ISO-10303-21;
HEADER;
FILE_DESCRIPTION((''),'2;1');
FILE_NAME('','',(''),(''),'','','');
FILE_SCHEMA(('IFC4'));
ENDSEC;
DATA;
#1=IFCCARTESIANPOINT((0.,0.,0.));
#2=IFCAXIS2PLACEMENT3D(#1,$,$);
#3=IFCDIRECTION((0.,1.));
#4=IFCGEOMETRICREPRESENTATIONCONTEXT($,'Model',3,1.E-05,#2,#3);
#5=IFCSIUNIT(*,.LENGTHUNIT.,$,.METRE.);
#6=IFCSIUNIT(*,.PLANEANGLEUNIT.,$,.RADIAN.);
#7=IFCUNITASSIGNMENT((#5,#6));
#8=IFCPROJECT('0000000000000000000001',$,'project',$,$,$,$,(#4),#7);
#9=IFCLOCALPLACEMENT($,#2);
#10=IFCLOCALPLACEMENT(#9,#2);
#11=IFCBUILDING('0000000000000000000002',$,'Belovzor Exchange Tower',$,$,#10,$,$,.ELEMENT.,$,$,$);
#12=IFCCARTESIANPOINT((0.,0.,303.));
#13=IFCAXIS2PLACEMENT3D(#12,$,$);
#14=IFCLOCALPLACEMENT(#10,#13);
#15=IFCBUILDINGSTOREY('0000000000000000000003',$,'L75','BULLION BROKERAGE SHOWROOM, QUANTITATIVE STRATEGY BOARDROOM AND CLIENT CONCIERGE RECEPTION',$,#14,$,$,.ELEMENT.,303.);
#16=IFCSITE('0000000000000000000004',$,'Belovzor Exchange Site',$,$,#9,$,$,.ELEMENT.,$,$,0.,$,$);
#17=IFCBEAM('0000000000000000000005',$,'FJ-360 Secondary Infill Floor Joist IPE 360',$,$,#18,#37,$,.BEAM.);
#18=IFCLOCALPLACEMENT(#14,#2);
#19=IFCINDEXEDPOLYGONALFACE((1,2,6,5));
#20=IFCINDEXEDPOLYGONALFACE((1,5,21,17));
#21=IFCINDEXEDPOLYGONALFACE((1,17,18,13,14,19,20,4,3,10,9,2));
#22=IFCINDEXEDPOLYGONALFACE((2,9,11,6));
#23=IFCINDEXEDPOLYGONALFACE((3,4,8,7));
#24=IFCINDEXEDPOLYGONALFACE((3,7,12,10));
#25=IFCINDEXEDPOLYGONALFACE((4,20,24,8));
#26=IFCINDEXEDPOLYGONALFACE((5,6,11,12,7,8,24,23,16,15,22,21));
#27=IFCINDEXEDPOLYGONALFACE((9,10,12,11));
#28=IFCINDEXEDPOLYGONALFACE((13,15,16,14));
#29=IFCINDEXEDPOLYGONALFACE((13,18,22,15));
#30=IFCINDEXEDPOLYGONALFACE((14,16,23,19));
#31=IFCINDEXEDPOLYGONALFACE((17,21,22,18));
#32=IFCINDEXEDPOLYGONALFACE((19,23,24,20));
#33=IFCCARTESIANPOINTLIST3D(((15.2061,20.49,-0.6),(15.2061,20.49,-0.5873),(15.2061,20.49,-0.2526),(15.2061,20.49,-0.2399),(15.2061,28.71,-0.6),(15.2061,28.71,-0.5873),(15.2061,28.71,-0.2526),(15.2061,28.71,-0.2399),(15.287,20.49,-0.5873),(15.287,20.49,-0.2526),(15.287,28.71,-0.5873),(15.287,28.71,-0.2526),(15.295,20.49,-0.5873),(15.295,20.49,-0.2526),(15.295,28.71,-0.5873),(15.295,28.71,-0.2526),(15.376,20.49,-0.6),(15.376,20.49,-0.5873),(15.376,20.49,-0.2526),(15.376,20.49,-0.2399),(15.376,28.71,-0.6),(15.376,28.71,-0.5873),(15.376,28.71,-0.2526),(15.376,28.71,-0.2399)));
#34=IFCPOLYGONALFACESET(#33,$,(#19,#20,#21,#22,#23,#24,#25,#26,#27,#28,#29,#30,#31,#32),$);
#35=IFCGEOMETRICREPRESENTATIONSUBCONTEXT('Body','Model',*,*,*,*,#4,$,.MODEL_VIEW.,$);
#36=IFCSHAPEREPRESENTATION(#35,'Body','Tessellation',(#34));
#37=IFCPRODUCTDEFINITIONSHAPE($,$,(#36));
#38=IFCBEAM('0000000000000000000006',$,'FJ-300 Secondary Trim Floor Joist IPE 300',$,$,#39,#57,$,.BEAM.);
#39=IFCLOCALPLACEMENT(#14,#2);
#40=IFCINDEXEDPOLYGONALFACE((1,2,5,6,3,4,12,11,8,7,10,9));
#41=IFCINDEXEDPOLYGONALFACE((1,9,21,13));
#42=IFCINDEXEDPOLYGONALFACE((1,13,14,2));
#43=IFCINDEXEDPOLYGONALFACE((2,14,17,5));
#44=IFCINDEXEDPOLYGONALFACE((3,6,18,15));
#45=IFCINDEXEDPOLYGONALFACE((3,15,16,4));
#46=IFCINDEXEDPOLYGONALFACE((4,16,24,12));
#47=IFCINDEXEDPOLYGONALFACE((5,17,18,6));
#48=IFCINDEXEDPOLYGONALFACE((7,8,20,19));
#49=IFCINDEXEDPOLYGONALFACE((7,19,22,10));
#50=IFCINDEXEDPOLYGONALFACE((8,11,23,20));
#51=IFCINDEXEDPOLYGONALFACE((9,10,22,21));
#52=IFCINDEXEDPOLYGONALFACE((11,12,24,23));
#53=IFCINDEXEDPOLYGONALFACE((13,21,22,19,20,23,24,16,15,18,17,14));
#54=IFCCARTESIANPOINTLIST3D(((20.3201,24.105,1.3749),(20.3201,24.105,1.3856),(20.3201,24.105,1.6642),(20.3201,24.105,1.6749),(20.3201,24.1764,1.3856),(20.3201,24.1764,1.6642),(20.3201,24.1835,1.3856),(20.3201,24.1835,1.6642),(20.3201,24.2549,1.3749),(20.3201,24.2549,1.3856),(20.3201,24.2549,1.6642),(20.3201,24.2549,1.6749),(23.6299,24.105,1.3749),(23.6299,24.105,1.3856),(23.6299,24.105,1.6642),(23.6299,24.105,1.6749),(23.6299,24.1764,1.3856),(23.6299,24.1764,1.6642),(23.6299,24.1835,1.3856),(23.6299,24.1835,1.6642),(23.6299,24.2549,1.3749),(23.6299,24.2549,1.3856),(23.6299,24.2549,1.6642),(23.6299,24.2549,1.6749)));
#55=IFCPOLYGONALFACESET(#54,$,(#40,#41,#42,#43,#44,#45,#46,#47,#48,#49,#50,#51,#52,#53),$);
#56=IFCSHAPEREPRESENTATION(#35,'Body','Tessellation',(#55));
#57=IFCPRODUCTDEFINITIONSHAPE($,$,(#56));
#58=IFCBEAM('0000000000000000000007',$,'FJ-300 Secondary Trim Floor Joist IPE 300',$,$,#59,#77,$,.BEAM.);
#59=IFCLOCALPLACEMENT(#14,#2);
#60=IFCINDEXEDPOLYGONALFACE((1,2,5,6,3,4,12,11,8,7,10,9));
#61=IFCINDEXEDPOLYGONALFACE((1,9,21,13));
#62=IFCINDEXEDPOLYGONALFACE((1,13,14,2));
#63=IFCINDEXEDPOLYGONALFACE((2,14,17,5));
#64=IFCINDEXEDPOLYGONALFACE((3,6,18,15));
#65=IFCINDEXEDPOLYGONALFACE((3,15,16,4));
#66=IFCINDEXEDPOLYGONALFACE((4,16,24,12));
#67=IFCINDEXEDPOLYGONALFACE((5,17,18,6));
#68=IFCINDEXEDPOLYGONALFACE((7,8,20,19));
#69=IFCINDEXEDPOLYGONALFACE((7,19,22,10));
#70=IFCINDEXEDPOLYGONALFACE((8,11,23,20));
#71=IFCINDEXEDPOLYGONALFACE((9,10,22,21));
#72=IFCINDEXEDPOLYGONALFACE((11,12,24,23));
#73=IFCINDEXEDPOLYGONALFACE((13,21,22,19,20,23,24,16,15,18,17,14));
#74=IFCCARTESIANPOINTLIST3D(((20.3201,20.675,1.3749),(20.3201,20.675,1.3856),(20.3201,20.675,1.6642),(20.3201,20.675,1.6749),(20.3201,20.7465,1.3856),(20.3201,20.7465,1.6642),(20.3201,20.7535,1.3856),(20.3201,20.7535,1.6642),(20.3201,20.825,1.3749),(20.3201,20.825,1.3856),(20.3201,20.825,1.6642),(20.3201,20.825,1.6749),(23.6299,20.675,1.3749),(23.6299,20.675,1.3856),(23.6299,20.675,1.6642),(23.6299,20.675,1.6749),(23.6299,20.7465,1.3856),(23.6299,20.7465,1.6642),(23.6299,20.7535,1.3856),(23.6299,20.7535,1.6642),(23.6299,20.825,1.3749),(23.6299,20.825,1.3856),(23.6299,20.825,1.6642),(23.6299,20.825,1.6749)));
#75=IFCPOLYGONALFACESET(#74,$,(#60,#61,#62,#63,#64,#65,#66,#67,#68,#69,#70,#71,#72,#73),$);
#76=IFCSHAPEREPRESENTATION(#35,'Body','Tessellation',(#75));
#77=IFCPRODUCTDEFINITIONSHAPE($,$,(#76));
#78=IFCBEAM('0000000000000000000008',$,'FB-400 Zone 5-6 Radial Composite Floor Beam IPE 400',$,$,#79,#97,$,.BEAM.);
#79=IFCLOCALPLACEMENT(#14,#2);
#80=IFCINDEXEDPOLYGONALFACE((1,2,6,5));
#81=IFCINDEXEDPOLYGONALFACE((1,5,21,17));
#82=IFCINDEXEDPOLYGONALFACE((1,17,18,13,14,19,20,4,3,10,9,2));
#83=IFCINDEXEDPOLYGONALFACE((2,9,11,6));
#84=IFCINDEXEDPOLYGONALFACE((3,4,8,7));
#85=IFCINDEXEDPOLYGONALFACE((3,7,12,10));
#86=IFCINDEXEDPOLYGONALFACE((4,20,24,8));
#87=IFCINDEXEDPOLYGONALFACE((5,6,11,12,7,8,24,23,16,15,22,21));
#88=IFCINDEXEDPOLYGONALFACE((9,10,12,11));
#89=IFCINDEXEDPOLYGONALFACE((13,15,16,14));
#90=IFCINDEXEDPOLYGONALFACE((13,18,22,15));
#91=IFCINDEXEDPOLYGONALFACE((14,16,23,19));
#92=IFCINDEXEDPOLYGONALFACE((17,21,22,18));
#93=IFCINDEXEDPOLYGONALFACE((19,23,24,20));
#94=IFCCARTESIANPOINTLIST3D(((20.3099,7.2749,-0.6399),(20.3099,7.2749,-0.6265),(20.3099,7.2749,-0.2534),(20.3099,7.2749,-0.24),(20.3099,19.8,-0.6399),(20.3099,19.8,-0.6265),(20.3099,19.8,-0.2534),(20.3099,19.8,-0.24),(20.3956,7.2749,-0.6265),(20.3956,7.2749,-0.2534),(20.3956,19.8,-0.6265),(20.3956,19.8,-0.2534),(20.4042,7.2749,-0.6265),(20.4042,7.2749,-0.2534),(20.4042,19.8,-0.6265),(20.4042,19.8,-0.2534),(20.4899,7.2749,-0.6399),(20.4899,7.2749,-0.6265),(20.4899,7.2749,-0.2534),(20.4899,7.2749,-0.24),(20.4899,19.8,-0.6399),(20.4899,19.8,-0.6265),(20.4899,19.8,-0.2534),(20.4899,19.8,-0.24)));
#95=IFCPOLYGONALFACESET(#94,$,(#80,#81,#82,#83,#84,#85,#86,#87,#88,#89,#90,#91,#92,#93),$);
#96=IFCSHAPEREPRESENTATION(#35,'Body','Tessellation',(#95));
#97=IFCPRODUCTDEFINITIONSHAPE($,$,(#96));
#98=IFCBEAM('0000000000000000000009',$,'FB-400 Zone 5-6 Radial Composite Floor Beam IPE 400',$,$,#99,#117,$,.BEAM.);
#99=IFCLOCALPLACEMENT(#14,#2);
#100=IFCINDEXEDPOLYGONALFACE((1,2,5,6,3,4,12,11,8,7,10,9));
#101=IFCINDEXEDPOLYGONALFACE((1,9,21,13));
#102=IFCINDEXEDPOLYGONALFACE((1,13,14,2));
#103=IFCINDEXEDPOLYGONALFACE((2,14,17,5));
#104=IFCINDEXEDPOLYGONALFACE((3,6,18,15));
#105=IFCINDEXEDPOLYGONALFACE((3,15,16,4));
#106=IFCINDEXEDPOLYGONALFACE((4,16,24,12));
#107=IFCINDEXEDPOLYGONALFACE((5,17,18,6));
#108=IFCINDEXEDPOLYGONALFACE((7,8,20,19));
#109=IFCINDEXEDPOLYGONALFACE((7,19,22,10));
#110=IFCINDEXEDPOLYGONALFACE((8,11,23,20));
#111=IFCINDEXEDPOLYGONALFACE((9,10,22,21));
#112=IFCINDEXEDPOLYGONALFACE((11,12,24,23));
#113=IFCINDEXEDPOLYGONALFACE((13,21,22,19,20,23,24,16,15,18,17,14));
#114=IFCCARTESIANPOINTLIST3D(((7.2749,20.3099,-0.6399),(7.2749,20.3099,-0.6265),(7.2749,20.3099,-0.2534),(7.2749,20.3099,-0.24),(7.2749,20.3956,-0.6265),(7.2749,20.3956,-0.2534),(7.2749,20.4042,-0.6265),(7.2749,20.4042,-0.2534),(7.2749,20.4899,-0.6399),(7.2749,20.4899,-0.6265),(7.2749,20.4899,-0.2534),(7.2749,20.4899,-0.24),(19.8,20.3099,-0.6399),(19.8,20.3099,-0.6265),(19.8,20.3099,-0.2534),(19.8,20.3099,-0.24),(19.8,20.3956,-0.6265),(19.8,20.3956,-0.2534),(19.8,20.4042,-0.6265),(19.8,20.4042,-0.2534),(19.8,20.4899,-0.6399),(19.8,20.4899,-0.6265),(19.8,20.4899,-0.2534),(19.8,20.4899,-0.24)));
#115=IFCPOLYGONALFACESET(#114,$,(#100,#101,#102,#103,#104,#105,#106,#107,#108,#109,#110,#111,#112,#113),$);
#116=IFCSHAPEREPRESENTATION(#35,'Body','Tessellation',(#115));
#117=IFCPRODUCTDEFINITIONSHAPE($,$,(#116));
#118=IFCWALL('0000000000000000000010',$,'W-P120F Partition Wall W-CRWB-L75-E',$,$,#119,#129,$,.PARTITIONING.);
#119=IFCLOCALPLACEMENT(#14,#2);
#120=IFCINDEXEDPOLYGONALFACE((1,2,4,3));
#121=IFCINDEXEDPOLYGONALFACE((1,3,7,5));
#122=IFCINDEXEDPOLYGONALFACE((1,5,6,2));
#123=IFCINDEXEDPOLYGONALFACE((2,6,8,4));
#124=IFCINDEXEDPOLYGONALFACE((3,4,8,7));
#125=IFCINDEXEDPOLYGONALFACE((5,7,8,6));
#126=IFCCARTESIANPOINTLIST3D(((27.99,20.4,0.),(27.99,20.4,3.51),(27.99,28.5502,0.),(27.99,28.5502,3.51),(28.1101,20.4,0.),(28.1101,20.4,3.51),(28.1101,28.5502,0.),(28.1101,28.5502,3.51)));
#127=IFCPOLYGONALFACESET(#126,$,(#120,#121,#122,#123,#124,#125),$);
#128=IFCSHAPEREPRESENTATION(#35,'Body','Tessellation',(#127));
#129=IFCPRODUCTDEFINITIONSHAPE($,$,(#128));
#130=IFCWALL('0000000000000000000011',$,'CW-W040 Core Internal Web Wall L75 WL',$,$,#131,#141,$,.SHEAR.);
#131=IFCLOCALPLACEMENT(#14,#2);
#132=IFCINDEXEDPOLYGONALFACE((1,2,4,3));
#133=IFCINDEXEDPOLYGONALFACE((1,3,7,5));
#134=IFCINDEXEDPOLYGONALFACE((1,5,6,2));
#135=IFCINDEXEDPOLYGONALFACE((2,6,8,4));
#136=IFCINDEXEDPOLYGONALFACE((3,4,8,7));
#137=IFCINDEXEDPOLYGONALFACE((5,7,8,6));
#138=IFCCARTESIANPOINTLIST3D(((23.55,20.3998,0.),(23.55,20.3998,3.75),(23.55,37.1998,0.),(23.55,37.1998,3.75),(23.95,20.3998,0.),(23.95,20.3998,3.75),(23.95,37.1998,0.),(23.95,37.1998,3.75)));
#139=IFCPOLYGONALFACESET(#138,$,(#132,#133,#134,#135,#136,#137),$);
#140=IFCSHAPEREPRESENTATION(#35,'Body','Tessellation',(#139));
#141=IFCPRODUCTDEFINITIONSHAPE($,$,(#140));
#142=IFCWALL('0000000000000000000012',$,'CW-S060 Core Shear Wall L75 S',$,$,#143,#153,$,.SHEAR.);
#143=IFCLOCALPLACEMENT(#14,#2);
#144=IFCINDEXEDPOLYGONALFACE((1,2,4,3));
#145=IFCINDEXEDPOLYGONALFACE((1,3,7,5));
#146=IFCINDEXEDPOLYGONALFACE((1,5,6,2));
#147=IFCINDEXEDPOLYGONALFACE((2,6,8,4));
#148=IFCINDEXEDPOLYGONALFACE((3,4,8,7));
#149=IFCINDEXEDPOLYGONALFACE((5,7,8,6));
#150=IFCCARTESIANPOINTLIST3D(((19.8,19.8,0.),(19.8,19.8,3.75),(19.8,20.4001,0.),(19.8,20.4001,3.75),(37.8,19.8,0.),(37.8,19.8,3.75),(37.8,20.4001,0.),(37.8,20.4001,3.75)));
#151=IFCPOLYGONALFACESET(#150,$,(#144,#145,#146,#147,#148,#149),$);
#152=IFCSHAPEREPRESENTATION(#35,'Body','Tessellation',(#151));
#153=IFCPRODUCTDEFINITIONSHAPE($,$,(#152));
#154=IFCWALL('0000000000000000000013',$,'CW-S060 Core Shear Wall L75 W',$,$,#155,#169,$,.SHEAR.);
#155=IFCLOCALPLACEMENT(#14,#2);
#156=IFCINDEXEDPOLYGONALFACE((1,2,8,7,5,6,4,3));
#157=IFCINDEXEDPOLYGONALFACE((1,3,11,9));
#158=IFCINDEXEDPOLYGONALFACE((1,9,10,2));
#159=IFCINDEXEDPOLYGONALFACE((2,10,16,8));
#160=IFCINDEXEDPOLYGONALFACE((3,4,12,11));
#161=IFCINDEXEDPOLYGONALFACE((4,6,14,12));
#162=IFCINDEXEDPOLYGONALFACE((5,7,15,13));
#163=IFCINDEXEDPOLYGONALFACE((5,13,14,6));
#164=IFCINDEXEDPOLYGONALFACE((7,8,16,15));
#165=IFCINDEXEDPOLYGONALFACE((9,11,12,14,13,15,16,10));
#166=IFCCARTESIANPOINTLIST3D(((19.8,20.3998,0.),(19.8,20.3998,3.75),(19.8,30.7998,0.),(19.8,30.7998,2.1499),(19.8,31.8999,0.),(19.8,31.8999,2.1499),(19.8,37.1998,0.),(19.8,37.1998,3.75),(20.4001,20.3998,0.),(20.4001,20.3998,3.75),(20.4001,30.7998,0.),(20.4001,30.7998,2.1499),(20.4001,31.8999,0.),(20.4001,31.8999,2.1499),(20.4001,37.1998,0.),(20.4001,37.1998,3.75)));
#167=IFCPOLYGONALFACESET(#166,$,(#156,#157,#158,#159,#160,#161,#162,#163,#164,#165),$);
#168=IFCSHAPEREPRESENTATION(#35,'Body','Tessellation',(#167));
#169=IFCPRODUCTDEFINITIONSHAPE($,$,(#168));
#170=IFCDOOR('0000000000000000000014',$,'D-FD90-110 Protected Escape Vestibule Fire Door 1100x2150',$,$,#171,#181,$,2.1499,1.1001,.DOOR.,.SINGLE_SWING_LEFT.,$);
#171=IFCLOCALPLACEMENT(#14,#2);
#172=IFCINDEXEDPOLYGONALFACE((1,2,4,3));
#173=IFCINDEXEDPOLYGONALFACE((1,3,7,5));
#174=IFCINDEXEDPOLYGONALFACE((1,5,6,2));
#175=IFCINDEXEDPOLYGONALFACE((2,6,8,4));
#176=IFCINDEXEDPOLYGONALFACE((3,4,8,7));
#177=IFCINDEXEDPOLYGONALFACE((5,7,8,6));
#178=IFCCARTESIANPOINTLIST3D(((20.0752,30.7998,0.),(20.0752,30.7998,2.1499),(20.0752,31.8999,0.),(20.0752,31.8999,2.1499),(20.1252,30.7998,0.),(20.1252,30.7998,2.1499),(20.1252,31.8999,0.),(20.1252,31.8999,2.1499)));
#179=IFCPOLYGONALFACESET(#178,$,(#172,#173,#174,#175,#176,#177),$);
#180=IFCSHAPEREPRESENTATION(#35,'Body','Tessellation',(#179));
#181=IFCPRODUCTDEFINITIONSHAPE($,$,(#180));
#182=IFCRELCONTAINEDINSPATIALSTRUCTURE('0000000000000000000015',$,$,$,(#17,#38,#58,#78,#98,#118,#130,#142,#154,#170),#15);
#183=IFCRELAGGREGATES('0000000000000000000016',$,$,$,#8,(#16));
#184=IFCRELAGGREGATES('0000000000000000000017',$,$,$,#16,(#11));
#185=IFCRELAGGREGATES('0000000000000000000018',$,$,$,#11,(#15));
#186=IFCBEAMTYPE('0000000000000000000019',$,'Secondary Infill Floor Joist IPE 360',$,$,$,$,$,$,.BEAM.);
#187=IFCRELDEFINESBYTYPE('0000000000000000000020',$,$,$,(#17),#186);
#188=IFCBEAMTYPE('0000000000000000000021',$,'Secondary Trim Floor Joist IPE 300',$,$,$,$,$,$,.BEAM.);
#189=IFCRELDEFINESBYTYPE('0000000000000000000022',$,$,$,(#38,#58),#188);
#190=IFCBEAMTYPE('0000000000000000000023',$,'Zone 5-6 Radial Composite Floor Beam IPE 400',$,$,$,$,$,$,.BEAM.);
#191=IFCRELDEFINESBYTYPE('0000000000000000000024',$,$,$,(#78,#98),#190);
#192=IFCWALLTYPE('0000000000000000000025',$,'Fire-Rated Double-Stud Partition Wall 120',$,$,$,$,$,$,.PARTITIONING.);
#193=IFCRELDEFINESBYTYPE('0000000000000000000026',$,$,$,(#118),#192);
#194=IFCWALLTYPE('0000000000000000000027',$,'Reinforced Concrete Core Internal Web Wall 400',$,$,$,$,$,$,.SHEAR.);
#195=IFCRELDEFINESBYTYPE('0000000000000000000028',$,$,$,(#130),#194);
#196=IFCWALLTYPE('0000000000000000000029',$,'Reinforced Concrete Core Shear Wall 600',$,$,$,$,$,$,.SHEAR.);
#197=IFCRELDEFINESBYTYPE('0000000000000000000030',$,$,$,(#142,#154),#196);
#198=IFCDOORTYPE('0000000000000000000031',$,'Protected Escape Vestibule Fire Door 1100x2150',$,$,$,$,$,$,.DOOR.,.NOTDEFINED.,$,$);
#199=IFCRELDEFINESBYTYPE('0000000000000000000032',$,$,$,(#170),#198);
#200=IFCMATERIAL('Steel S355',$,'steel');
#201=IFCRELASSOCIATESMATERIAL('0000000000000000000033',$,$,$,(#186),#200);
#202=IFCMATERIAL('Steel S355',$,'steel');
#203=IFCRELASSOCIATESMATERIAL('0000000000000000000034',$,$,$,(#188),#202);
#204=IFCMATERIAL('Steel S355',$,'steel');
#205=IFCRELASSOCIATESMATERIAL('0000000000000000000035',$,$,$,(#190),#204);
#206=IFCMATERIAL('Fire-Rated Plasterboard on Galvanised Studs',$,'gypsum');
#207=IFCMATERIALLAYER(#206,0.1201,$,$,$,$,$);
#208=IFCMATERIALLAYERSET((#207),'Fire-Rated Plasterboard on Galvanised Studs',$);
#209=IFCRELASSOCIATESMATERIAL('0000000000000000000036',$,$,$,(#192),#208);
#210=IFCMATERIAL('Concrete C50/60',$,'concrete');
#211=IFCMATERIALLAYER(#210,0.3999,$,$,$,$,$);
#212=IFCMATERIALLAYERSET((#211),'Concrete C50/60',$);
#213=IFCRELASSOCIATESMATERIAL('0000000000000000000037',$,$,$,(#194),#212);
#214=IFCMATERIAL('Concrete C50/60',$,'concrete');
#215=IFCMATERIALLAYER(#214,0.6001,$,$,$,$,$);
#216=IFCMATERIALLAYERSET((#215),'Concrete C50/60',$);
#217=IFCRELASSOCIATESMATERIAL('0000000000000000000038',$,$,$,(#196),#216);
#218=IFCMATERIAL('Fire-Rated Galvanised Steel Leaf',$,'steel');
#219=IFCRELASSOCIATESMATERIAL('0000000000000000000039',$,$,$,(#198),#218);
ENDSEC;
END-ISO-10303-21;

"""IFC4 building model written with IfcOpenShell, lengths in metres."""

from ifc_helpers import new_model, si_unit, direction, frame, frame_2d, origin, origin_2d, place, context, subcontext, project, spatial, rectangle, i_section, extrude, material, layer, layer_set, material_profile, profile_set, type_object, element, fill, save


model = new_model("IFC4")

# Units and contexts
model_context = context("Model", 3, precision=1e-05, world=origin(), true_north=direction((0.0, 1.0)))
body_context = subcontext(model_context, "Body", "Model", "MODEL_VIEW")
ifc_project = project(units=[si_unit("LENGTHUNIT", "METRE"), si_unit("PLANEANGLEUNIT", "RADIAN")], contexts=[model_context])

# Site, building, storey
site_placement = place(None, origin())
site = spatial("IfcSite", under=ifc_project, at=site_placement, Name="Belovzor Exchange Site", CompositionType="ELEMENT", RefElevation=0.0)
building_placement = place(site_placement, origin())
building = spatial("IfcBuilding", under=site, at=building_placement, Name="Belovzor Exchange Tower", CompositionType="ELEMENT")
storey_placement = place(building_placement, frame((0.0, 0.0, 303.0)))
storey = spatial("IfcBuildingStorey", under=building, at=storey_placement, Name="L75", Description="BULLION BROKERAGE SHOWROOM, QUANTITATIVE STRATEGY BOARDROOM AND CLIENT CONCIERGE RECEPTION", CompositionType="ELEMENT", Elevation=303.0)

# Beams
ifc_material_1 = material(Name="Steel S355", Category="steel")
ifc_material_profile_1 = material_profile(ifc_material_1, i_section(OverallWidth=0.1699, OverallDepth=0.3601, WebThickness=0.0081, FlangeThickness=0.0127, at=origin_2d()))
ifc_profile_set_1 = profile_set([ifc_material_profile_1], Name="Steel S355")
beam_type_1 = type_object("IfcBeamType", Name="Secondary Infill Floor Joist IPE 360", PredefinedType="BEAM", material=ifc_profile_set_1)
beam_placement = place(storey_placement, frame((15.291, 20.49, -0.4199), z_axis=(0.0, 1.0, 0.0), x_axis=(-1.0, 0.0, 0.0)))
element("IfcBeam", 1, at=beam_placement, inside=storey, type_object=beam_type_1, Name="FJ-360 Secondary Infill Floor Joist IPE 360", PredefinedType="BEAM", context=body_context, shape_type="SweptSolid", body=[
    extrude(i_section(OverallWidth=0.1699, OverallDepth=0.3601, WebThickness=0.0081, FlangeThickness=0.0127, at=origin_2d()), origin(), (0.0, 0.0, 1.0), 8.22),
])
ifc_material_2 = material(Name="Steel S355", Category="steel")
ifc_material_profile_2 = material_profile(ifc_material_2, i_section(OverallWidth=0.1499, OverallDepth=0.3, WebThickness=0.0071, FlangeThickness=0.0107, at=origin_2d()))
ifc_profile_set_2 = profile_set([ifc_material_profile_2], Name="Steel S355")
beam_type_2 = type_object("IfcBeamType", Name="Secondary Trim Floor Joist IPE 300", PredefinedType="BEAM", material=ifc_profile_set_2)
for number, where, z_axis, x_axis, name in (
    (2, (20.3201, 24.1799, 1.5249), (1.0, 0.0, 0.0), (0.0, 1.0, 0.0), "FJ-300 Secondary Trim Floor Joist IPE 300"),
    (3, (20.3201, 20.75, 1.5249), (1.0, 0.0, 0.0), (0.0, 1.0, 0.0), "FJ-300 Secondary Trim Floor Joist IPE 300"),
):
    element("IfcBeam", number, at=place(storey_placement, frame(where, z_axis=z_axis, x_axis=x_axis)), inside=storey, type_object=beam_type_2, Name=name, PredefinedType="BEAM", context=body_context, shape_type="SweptSolid", body=[
        extrude(i_section(OverallWidth=0.1499, OverallDepth=0.3, WebThickness=0.0071, FlangeThickness=0.0107, at=origin_2d()), origin(), (0.0, 0.0, 1.0), 3.3098),
    ])
ifc_material_3 = material(Name="Steel S355", Category="steel")
ifc_material_profile_3 = material_profile(ifc_material_3, i_section(OverallWidth=0.1799, OverallDepth=0.3999, WebThickness=0.0085, FlangeThickness=0.0134, at=origin_2d()))
ifc_profile_set_3 = profile_set([ifc_material_profile_3], Name="Steel S355")
beam_type_3 = type_object("IfcBeamType", Name="Zone 5-6 Radial Composite Floor Beam IPE 400", PredefinedType="BEAM", material=ifc_profile_set_3)
for number, where, z_axis, x_axis, name in (
    (4, (20.3999, 19.8, -0.4399), (0.0, -1.0, 0.0), (1.0, 0.0, 0.0), "FB-400 Zone 5-6 Radial Composite Floor Beam IPE 400"),
    (5, (19.8, 20.3999, -0.4399), (-1.0, 0.0, 0.0), (0.0, -1.0, 0.0), "FB-400 Zone 5-6 Radial Composite Floor Beam IPE 400"),
):
    element("IfcBeam", number, at=place(storey_placement, frame(where, z_axis=z_axis, x_axis=x_axis)), inside=storey, type_object=beam_type_3, Name=name, PredefinedType="BEAM", context=body_context, shape_type="SweptSolid", body=[
        extrude(i_section(OverallWidth=0.1799, OverallDepth=0.3999, WebThickness=0.0085, FlangeThickness=0.0134, at=origin_2d()), origin(), (0.0, 0.0, 1.0), 12.5251),
    ])

# Walls
ifc_material_4 = material(Name="Fire-Rated Plasterboard on Galvanised Studs", Category="gypsum")
ifc_layer_1 = layer(ifc_material_4, 0.1201)
ifc_layer_set_1 = layer_set([ifc_layer_1], Name="Fire-Rated Plasterboard on Galvanised Studs")
wall_type_1 = type_object("IfcWallType", Name="Fire-Rated Double-Stud Partition Wall 120", PredefinedType="PARTITIONING", material=ifc_layer_set_1)
wall_1_placement = place(storey_placement, frame((28.05, 20.3999, 0.0), z_axis=(0.0, 0.0, 1.0), x_axis=(0.0, 1.0, 0.0)))
element("IfcWall", 6, at=wall_1_placement, inside=storey, type_object=wall_type_1, Name="W-P120F Partition Wall W-CRWB-L75-E", PredefinedType="PARTITIONING", context=body_context, shape_type="SweptSolid", body=[
    extrude(rectangle(XDim=8.1501, YDim=0.1201, at=frame_2d((4.0752, 0.0))), origin(), (0.0, 0.0, 1.0), 3.51),
])
ifc_material_5 = material(Name="Concrete C50/60", Category="concrete")
ifc_layer_2 = layer(ifc_material_5, 0.3999)
ifc_layer_set_2 = layer_set([ifc_layer_2], Name="Concrete C50/60")
wall_type_2 = type_object("IfcWallType", Name="Reinforced Concrete Core Internal Web Wall 400", PredefinedType="SHEAR", material=ifc_layer_set_2)
wall_2_placement = place(storey_placement, frame((23.75, 20.3999, 0.0), z_axis=(0.0, 0.0, 1.0), x_axis=(0.0, 1.0, 0.0)))
element("IfcWall", 7, at=wall_2_placement, inside=storey, type_object=wall_type_2, Name="CW-W040 Core Internal Web Wall L75 WL", PredefinedType="SHEAR", context=body_context, shape_type="SweptSolid", body=[
    extrude(rectangle(XDim=16.8, YDim=0.3999, at=frame_2d((8.3999, 0.0))), origin(), (0.0, 0.0, 1.0), 3.75),
])
ifc_material_6 = material(Name="Concrete C50/60", Category="concrete")
ifc_layer_3 = layer(ifc_material_6, 0.6001)
ifc_layer_set_3 = layer_set([ifc_layer_3], Name="Concrete C50/60")
wall_type_3 = type_object("IfcWallType", Name="Reinforced Concrete Core Shear Wall 600", PredefinedType="SHEAR", material=ifc_layer_set_3)
wall_3_placement = place(storey_placement, frame((19.8, 20.1001, 0.0), z_axis=(0.0, 0.0, 1.0), x_axis=(1.0, 0.0, 0.0)))
element("IfcWall", 8, at=wall_3_placement, inside=storey, type_object=wall_type_3, Name="CW-S060 Core Shear Wall L75 S", PredefinedType="SHEAR", context=body_context, shape_type="SweptSolid", body=[
    extrude(rectangle(XDim=18.0, YDim=0.6001, at=frame_2d((9.0, 0.0))), origin(), (0.0, 0.0, 1.0), 3.75),
])

# Wall, opening, door
wall_4_placement = place(storey_placement, frame((20.1001, 20.3999, 0.0), z_axis=(0.0, 0.0, 1.0), x_axis=(0.0, 1.0, 0.0)))
wall_4 = element("IfcWall", 9, at=wall_4_placement, inside=storey, type_object=wall_type_3, Name="CW-S060 Core Shear Wall L75 W", PredefinedType="SHEAR", context=body_context, shape_type="SweptSolid", body=[
    extrude(rectangle(XDim=16.8, YDim=0.6001, at=frame_2d((8.3999, 0.0))), origin(), (0.0, 0.0, 1.0), 3.75),
])
opening_placement = place(wall_4_placement, frame((10.3999, 0.0, 0.0)))
opening = element("IfcOpeningElement", 10, at=opening_placement, cuts=wall_4, PredefinedType="OPENING", context=body_context, shape_type="SweptSolid", body=[
    extrude(rectangle(XDim=1.1001, YDim=2.1499, at=frame_2d((0.55, 1.075))), frame((0.0, 0.3101, 0.0), z_axis=(0.0, -1.0, 0.0), x_axis=(1.0, 0.0, 0.0)), (0.0, 0.0, 1.0), 0.6201),
])
ifc_material_7 = material(Name="Fire-Rated Galvanised Steel Leaf", Category="steel")
door_type = type_object("IfcDoorType", Name="Protected Escape Vestibule Fire Door 1100x2150", OperationType="NOTDEFINED", PredefinedType="DOOR", material=ifc_material_7)
door_placement = place(opening_placement, origin())
door = element("IfcDoor", 11, at=door_placement, inside=storey, type_object=door_type, Name="D-FD90-110 Protected Escape Vestibule Fire Door 1100x2150", OperationType="SINGLE_SWING_LEFT", OverallHeight=2.1499, OverallWidth=1.1001, PredefinedType="DOOR", context=body_context, shape_type="SweptSolid", body=[
    extrude(rectangle(XDim=1.1001, YDim=2.1499, at=frame_2d((0.55, 1.075))), frame((0.0, 0.0249, 0.0), z_axis=(0.0, -1.0, 0.0), x_axis=(1.0, 0.0, 0.0)), (0.0, 0.0, 1.0), 0.05),
])
fill(opening, door)

save(model, "model.ifc")
